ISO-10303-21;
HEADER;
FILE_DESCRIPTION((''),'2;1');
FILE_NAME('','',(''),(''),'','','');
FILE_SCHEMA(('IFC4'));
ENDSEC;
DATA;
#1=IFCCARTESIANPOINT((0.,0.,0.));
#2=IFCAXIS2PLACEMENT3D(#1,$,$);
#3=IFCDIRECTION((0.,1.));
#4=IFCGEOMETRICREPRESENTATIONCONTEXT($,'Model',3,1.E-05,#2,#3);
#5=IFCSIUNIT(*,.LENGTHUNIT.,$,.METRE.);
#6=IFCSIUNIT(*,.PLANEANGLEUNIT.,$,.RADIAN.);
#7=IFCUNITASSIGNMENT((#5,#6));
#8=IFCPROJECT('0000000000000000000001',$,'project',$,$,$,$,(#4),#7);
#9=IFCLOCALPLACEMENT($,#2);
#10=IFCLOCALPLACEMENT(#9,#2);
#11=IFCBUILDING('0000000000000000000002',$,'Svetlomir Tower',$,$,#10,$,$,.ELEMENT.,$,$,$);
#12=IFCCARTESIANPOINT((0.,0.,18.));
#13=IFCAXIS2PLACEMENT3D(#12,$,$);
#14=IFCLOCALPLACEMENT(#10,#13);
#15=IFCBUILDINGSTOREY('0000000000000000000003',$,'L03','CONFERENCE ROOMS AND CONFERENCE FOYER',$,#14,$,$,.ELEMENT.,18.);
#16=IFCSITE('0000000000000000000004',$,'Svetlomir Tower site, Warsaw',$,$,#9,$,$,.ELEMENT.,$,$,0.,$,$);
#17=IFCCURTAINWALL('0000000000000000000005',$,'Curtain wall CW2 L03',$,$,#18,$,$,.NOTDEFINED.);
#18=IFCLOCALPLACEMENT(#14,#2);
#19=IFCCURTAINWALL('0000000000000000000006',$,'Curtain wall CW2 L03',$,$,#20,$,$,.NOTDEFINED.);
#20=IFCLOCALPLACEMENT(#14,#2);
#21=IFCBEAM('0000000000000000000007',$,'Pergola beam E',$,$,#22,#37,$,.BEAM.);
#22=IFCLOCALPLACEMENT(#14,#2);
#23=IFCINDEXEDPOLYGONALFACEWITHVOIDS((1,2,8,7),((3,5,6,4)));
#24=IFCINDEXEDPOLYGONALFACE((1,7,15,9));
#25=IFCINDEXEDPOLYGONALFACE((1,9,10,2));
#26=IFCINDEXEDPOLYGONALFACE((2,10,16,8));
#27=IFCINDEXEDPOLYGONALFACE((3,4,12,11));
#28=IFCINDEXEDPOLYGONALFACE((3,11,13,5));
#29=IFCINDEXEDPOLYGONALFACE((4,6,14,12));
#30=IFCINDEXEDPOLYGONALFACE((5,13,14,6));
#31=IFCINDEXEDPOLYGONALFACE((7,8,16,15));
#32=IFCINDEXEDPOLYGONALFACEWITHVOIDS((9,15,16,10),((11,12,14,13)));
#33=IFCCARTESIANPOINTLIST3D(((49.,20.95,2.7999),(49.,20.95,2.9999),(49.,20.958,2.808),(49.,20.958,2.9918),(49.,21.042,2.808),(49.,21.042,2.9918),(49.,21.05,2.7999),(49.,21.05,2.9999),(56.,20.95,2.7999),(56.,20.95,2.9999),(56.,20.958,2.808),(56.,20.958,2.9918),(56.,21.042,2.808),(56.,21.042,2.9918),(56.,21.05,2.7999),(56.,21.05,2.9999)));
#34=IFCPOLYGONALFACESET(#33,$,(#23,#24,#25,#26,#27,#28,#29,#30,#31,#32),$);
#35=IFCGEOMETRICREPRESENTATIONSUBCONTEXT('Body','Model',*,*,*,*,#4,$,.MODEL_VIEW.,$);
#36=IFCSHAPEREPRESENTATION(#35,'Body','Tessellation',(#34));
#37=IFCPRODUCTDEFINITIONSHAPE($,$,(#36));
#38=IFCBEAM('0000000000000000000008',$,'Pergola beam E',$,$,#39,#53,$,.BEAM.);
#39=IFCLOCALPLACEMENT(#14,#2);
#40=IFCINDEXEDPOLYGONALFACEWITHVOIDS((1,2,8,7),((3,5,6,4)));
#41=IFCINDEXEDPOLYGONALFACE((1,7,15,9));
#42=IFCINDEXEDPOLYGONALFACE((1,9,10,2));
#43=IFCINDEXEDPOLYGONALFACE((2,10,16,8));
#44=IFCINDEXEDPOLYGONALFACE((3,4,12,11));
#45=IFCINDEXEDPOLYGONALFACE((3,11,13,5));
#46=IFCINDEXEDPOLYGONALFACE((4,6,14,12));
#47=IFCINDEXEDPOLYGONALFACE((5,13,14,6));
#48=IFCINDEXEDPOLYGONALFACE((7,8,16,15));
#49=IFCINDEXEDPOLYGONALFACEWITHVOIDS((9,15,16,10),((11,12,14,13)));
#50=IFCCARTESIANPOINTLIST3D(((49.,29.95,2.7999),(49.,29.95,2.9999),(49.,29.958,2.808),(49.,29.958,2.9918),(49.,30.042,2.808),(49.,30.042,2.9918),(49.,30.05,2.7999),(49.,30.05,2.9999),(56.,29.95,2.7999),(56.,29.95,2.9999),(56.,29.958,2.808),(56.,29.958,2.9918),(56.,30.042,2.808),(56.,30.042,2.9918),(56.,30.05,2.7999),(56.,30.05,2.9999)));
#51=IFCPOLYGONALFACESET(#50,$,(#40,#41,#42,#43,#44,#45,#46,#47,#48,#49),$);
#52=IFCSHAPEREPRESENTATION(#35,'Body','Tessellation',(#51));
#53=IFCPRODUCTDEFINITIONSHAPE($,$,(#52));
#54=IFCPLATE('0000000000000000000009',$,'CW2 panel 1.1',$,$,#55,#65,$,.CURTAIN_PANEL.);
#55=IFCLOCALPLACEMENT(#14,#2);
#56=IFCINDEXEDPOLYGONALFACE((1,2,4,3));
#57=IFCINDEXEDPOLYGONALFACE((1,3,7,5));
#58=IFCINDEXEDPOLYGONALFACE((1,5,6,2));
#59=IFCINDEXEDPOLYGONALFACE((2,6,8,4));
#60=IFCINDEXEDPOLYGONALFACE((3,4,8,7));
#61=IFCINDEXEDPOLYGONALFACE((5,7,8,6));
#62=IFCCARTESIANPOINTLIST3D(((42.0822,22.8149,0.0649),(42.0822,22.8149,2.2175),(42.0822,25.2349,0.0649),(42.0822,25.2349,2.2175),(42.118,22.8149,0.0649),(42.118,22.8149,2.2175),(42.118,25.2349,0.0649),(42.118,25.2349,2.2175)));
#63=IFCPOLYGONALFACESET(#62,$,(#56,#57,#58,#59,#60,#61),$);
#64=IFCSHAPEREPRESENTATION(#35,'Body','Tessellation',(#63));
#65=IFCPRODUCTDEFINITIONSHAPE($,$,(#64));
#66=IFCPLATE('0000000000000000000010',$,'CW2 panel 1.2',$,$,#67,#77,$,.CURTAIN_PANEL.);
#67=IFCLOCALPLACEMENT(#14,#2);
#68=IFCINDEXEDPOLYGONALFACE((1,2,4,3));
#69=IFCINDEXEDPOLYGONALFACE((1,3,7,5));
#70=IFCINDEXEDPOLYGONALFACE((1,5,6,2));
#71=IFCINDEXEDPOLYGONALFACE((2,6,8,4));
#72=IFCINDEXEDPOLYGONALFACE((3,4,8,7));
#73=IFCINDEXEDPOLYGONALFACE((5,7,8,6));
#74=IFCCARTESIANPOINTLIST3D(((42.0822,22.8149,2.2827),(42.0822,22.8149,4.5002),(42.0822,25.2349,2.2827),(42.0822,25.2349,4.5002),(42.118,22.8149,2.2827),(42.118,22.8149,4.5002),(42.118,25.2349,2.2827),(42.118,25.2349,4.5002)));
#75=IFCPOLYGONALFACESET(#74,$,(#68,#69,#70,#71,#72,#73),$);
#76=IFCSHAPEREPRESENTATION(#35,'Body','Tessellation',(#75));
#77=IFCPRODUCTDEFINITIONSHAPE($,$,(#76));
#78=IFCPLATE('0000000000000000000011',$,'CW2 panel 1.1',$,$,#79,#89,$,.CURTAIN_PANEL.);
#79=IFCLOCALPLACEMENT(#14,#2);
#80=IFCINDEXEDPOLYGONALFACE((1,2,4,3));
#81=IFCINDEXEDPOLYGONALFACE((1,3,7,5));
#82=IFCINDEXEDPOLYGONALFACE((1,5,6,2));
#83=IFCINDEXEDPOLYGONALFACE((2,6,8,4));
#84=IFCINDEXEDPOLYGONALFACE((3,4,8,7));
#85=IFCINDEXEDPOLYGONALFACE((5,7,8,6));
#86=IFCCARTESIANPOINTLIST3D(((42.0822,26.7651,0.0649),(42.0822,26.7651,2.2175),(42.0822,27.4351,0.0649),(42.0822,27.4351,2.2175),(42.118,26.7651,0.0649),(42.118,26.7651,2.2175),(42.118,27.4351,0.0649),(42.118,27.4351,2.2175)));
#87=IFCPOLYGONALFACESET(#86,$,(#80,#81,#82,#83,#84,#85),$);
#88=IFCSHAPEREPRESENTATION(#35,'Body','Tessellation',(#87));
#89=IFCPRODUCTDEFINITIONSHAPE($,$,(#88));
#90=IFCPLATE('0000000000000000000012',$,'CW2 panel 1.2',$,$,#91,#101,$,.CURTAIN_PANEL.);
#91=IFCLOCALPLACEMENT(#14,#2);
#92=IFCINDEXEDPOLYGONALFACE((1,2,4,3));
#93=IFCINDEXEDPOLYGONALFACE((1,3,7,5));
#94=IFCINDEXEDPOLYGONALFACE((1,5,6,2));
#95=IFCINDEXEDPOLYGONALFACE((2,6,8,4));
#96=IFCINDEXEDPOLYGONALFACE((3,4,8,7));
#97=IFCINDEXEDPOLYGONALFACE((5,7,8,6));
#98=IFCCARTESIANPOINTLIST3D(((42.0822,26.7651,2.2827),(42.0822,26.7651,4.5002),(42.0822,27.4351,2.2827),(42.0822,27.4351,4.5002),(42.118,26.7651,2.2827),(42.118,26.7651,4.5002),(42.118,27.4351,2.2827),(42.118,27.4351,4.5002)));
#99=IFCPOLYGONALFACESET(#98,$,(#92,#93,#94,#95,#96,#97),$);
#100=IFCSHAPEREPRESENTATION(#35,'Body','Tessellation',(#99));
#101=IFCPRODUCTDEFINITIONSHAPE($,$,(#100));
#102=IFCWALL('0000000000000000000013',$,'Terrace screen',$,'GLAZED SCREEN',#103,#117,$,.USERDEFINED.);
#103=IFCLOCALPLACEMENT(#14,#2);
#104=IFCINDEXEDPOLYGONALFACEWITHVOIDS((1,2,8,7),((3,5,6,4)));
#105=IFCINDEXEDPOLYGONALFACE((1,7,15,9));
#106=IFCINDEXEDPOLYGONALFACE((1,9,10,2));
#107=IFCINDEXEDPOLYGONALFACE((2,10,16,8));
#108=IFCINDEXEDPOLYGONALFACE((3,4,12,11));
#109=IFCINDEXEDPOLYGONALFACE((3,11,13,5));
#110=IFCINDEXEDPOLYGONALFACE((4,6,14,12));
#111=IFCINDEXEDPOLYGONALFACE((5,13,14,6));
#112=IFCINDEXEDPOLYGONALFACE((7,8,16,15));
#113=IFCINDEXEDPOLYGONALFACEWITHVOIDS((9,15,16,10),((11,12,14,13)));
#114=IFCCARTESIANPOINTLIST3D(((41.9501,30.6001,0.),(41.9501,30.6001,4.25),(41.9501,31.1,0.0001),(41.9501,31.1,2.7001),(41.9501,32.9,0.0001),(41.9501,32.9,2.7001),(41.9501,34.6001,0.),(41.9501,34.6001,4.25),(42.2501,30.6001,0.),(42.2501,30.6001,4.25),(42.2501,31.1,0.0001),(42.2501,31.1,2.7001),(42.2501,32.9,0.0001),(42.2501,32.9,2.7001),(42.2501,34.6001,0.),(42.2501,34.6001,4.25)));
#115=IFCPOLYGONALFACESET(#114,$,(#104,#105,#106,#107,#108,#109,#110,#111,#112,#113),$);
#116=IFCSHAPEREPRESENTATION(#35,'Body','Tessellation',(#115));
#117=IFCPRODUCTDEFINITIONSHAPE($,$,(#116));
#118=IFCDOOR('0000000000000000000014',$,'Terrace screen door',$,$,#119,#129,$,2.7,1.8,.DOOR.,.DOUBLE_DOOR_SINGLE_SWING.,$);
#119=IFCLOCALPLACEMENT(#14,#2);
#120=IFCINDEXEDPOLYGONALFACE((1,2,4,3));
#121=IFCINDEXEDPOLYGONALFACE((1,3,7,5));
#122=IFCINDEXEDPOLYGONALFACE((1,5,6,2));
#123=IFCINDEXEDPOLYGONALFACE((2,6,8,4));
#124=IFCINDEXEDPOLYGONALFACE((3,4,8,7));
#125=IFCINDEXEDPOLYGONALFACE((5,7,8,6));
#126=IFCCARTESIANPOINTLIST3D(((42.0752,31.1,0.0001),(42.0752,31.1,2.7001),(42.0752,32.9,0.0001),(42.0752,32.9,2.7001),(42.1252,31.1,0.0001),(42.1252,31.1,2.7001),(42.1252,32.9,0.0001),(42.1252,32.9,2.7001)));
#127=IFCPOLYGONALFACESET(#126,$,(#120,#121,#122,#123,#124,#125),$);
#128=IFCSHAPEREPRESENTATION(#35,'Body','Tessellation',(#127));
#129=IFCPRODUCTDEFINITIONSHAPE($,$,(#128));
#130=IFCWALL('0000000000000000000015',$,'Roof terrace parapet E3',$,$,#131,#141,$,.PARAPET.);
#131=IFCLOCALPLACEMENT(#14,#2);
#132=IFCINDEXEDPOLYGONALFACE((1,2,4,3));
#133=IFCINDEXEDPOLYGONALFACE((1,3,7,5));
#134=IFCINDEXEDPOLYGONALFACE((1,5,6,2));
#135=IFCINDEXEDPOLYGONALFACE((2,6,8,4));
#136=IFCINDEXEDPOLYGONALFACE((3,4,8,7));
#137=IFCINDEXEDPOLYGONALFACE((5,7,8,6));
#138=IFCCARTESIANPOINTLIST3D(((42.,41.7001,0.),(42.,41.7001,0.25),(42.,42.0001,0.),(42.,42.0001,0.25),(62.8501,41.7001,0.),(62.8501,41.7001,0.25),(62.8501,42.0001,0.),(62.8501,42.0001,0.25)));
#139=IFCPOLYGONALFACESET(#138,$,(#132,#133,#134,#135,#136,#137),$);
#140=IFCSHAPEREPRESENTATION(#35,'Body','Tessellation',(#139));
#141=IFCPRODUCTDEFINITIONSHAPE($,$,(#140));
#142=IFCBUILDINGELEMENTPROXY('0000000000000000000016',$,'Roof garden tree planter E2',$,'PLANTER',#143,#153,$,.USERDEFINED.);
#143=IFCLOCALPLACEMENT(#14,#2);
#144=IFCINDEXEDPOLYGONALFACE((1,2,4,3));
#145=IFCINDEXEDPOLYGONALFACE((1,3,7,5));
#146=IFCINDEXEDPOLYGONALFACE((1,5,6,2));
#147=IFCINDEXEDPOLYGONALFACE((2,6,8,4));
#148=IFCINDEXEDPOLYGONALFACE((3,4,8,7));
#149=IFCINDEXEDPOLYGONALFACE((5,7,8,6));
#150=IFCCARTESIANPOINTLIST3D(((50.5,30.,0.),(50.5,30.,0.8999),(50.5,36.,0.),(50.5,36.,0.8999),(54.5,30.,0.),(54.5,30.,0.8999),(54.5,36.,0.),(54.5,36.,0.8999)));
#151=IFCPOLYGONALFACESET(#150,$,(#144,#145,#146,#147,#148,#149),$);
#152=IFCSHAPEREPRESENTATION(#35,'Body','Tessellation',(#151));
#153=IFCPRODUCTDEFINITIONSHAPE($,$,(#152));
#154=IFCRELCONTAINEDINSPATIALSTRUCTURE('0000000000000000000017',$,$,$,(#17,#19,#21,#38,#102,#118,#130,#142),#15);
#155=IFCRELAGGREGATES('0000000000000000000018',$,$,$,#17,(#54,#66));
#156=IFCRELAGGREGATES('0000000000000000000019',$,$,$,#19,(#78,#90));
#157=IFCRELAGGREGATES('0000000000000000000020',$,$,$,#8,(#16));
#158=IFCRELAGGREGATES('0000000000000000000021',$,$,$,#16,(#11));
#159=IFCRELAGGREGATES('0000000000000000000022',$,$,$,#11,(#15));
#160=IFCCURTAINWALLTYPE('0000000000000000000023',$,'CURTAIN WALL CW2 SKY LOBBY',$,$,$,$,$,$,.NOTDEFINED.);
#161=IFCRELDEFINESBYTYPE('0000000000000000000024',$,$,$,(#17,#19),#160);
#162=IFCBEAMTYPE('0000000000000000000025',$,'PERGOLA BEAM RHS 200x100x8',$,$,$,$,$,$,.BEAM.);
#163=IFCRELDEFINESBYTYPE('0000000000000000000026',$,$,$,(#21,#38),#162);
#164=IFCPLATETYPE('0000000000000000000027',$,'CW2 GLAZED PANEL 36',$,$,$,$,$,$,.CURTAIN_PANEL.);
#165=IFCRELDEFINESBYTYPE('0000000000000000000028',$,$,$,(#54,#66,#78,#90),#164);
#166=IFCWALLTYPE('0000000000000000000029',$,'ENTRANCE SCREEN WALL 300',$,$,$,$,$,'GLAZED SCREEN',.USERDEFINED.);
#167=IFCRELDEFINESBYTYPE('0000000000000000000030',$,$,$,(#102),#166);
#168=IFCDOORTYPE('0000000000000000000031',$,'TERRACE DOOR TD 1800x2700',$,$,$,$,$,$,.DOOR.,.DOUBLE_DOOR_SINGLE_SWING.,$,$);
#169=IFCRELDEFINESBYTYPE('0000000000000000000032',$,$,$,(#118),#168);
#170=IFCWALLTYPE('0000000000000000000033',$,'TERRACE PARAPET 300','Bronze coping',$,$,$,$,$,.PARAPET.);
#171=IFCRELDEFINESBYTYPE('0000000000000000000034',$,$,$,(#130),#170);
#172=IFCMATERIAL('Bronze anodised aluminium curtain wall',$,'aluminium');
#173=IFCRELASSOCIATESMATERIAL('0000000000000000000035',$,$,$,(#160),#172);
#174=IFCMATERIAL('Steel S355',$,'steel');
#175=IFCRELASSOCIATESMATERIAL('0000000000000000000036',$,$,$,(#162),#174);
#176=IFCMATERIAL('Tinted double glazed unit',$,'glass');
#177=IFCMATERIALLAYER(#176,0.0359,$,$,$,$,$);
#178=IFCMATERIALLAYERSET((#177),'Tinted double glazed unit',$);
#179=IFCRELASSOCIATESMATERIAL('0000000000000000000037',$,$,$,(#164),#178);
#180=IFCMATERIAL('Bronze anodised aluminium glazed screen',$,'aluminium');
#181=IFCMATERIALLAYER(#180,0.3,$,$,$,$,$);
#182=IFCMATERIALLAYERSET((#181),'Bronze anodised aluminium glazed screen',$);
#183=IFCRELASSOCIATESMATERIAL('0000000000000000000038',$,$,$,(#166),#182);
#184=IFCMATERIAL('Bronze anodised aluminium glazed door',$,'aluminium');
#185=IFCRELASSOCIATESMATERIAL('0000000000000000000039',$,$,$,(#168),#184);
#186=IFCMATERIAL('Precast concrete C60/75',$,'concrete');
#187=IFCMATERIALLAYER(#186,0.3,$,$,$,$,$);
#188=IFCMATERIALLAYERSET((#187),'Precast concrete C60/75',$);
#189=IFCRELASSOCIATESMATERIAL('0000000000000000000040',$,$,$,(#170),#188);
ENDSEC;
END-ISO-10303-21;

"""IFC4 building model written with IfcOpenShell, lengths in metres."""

from ifc_helpers import new_model, si_unit, direction, frame, frame_2d, origin, origin_2d, place, context, subcontext, project, spatial, rectangle, hollow_rectangle, extrude, material, layer, layer_set, material_profile, profile_set, type_object, element, fill, aggregate, save


model = new_model("IFC4")

# Units and contexts
model_context = context("Model", 3, precision=1e-05, world=origin(), true_north=direction((0.0, 1.0)))
body_context = subcontext(model_context, "Body", "Model", "MODEL_VIEW")
ifc_project = project(units=[si_unit("LENGTHUNIT", "METRE"), si_unit("PLANEANGLEUNIT", "RADIAN")], contexts=[model_context])

# Site, building, storey
site_placement = place(None, origin())
site = spatial("IfcSite", under=ifc_project, at=site_placement, Name="Svetlomir Tower site, Warsaw", CompositionType="ELEMENT", RefElevation=0.0)
building_placement = place(site_placement, origin())
building = spatial("IfcBuilding", under=site, at=building_placement, Name="Svetlomir Tower", CompositionType="ELEMENT")
storey_placement = place(building_placement, frame((0.0, 0.0, 18.0)))
storey = spatial("IfcBuildingStorey", under=building, at=storey_placement, Name="L03", Description="CONFERENCE ROOMS AND CONFERENCE FOYER", CompositionType="ELEMENT", Elevation=18.0)

# Curtain walls
ifc_material_1 = material(Name="Bronze anodised aluminium curtain wall", Category="aluminium")
curtain_wall_type = type_object("IfcCurtainWallType", Name="CURTAIN WALL CW2 SKY LOBBY", PredefinedType="NOTDEFINED", material=ifc_material_1)
curtain_wall_1_placement = place(storey_placement, origin())
curtain_wall_1 = element("IfcCurtainWall", 1, at=curtain_wall_1_placement, inside=storey, type_object=curtain_wall_type, Name="Curtain wall CW2 L03", PredefinedType="NOTDEFINED")
curtain_wall_2_placement = place(storey_placement, origin())
curtain_wall_2 = element("IfcCurtainWall", 2, at=curtain_wall_2_placement, inside=storey, type_object=curtain_wall_type, Name="Curtain wall CW2 L03", PredefinedType="NOTDEFINED")

# Beams
ifc_material_2 = material(Name="Steel S355", Category="steel")
ifc_material_profile_1 = material_profile(ifc_material_2, hollow_rectangle(XDim=0.1001, YDim=0.2, WallThickness=0.0081, at=origin_2d()), Name="RHS 200x100x8")
ifc_profile_set_1 = profile_set([ifc_material_profile_1], Name="Steel S355")
beam_type_1 = type_object("IfcBeamType", Name="PERGOLA BEAM RHS 200x100x8", PredefinedType="BEAM", material=ifc_profile_set_1)
for number, where, z_axis, x_axis, name in (
    (3, (49.0, 21.0, 2.8999), (1.0, 0.0, 0.0), (0.0, 1.0, 0.0), "Pergola beam E"),
    (4, (49.0, 30.0, 2.8999), (1.0, 0.0, 0.0), (0.0, 1.0, 0.0), "Pergola beam E"),
):
    element("IfcBeam", number, at=place(storey_placement, frame(where, z_axis=z_axis, x_axis=x_axis)), inside=storey, type_object=beam_type_1, Name=name, PredefinedType="BEAM", context=body_context, shape_type="SweptSolid", body=[
        extrude(hollow_rectangle(XDim=0.1001, YDim=0.2, WallThickness=0.0081, at=origin_2d()), origin(), (0.0, 0.0, 1.0), 7.0),
    ])

# Plates
ifc_material_3 = material(Name="Tinted double glazed unit", Category="glass")
ifc_layer_1 = layer(ifc_material_3, 0.0359)
ifc_layer_set_1 = layer_set([ifc_layer_1], Name="Tinted double glazed unit")
plate_type = type_object("IfcPlateType", Name="CW2 GLAZED PANEL 36", PredefinedType="CURTAIN_PANEL", material=ifc_layer_set_1)
plate_1_placement = place(storey_placement, frame((42.1001, 24.0249, 0.0649), z_axis=(0.0, 0.0, 1.0), x_axis=(0.0, 1.0, 0.0)))
plate_1 = element("IfcPlate", 5, at=plate_1_placement, type_object=plate_type, Name="CW2 panel 1.1", PredefinedType="CURTAIN_PANEL", context=body_context, shape_type="SweptSolid", body=[
    extrude(rectangle(XDim=2.4199, YDim=0.0359, at=origin_2d()), origin(), (0.0, 0.0, 1.0), 2.1526),
])
plate_2_placement = place(storey_placement, frame((42.1001, 24.0249, 2.2827), z_axis=(0.0, 0.0, 1.0), x_axis=(0.0, 1.0, 0.0)))
plate_2 = element("IfcPlate", 6, at=plate_2_placement, type_object=plate_type, Name="CW2 panel 1.2", PredefinedType="CURTAIN_PANEL", context=body_context, shape_type="SweptSolid", body=[
    extrude(rectangle(XDim=2.4199, YDim=0.0359, at=origin_2d()), origin(), (0.0, 0.0, 1.0), 2.2175),
])
aggregate(curtain_wall_1, [plate_1, plate_2])
plate_3_placement = place(storey_placement, frame((42.1001, 27.1001, 0.0649), z_axis=(0.0, 0.0, 1.0), x_axis=(0.0, 1.0, 0.0)))
plate_3 = element("IfcPlate", 7, at=plate_3_placement, type_object=plate_type, Name="CW2 panel 1.1", PredefinedType="CURTAIN_PANEL", context=body_context, shape_type="SweptSolid", body=[
    extrude(rectangle(XDim=0.6699, YDim=0.0359, at=origin_2d()), origin(), (0.0, 0.0, 1.0), 2.1526),
])
plate_4_placement = place(storey_placement, frame((42.1001, 27.1001, 2.2827), z_axis=(0.0, 0.0, 1.0), x_axis=(0.0, 1.0, 0.0)))
plate_4 = element("IfcPlate", 8, at=plate_4_placement, type_object=plate_type, Name="CW2 panel 1.2", PredefinedType="CURTAIN_PANEL", context=body_context, shape_type="SweptSolid", body=[
    extrude(rectangle(XDim=0.6699, YDim=0.0359, at=origin_2d()), origin(), (0.0, 0.0, 1.0), 2.2175),
])
aggregate(curtain_wall_2, [plate_3, plate_4])

# Wall, opening, door
ifc_material_4 = material(Name="Bronze anodised aluminium glazed screen", Category="aluminium")
ifc_layer_2 = layer(ifc_material_4, 0.3)
ifc_layer_set_2 = layer_set([ifc_layer_2], Name="Bronze anodised aluminium glazed screen")
wall_type_1 = type_object("IfcWallType", Name="ENTRANCE SCREEN WALL 300", ElementType="GLAZED SCREEN", PredefinedType="USERDEFINED", material=ifc_layer_set_2)
wall_1_placement = place(storey_placement, frame((42.1001, 30.6001, 0.0), z_axis=(0.0, 0.0, 1.0), x_axis=(0.0, 1.0, 0.0)))
wall_1 = element("IfcWall", 9, at=wall_1_placement, inside=storey, type_object=wall_type_1, Name="Terrace screen", ObjectType="GLAZED SCREEN", PredefinedType="USERDEFINED", context=body_context, shape_type="SweptSolid", body=[
    extrude(rectangle(XDim=4.0, YDim=0.3, at=frame_2d((2.0, 0.0))), origin(), (0.0, 0.0, 1.0), 4.25),
])
opening_placement = place(wall_1_placement, frame((0.5, 0.0, 0.0)))
opening = element("IfcOpeningElement", 10, at=opening_placement, cuts=wall_1, PredefinedType="OPENING", context=body_context, shape_type="SweptSolid", body=[
    extrude(rectangle(XDim=1.8, YDim=2.7, at=frame_2d((0.8999, 1.3501))), frame((0.0, 0.1602, 0.0), z_axis=(0.0, -1.0, 0.0), x_axis=(1.0, 0.0, 0.0)), (0.0, 0.0, 1.0), 0.3201),
])
ifc_material_5 = material(Name="Bronze anodised aluminium glazed door", Category="aluminium")
door_type = type_object("IfcDoorType", Name="TERRACE DOOR TD 1800x2700", OperationType="DOUBLE_DOOR_SINGLE_SWING", PredefinedType="DOOR", material=ifc_material_5)
door_placement = place(opening_placement, origin())
door = element("IfcDoor", 11, at=door_placement, inside=storey, type_object=door_type, Name="Terrace screen door", OperationType="DOUBLE_DOOR_SINGLE_SWING", OverallHeight=2.7, OverallWidth=1.8, PredefinedType="DOOR", context=body_context, shape_type="SweptSolid", body=[
    extrude(rectangle(XDim=1.8, YDim=2.7, at=frame_2d((0.8999, 1.3501))), frame((0.0, 0.0249, 0.0), z_axis=(0.0, -1.0, 0.0), x_axis=(1.0, 0.0, 0.0)), (0.0, 0.0, 1.0), 0.05),
])
fill(opening, door)

# Wall
ifc_material_6 = material(Name="Precast concrete C60/75", Category="concrete")
ifc_layer_3 = layer(ifc_material_6, 0.3)
ifc_layer_set_3 = layer_set([ifc_layer_3], Name="Precast concrete C60/75")
wall_type_2 = type_object("IfcWallType", Name="TERRACE PARAPET 300", Description="Bronze coping", PredefinedType="PARAPET", material=ifc_layer_set_3)
wall_2_placement = place(storey_placement, frame((62.8501, 41.8501, 0.0), z_axis=(0.0, 0.0, 1.0), x_axis=(-1.0, 0.0, 0.0)))
element("IfcWall", 12, at=wall_2_placement, inside=storey, type_object=wall_type_2, Name="Roof terrace parapet E3", PredefinedType="PARAPET", context=body_context, shape_type="SweptSolid", body=[
    extrude(rectangle(XDim=20.8501, YDim=0.3, at=frame_2d((10.425, 0.0))), origin(), (0.0, 0.0, 1.0), 0.25),
])

# Building element proxy
proxy_placement = place(storey_placement, frame((52.5, 33.0, 0.0), z_axis=(0.0, 0.0, 1.0), x_axis=(1.0, 0.0, 0.0)))
element("IfcBuildingElementProxy", 13, at=proxy_placement, inside=storey, Name="Roof garden tree planter E2", ObjectType="PLANTER", PredefinedType="USERDEFINED", context=body_context, shape_type="SweptSolid", body=[
    extrude(rectangle(XDim=4.0, YDim=6.0, at=origin_2d()), origin(), (0.0, 0.0, 1.0), 0.8999),
])

save(model, "model.ifc")
